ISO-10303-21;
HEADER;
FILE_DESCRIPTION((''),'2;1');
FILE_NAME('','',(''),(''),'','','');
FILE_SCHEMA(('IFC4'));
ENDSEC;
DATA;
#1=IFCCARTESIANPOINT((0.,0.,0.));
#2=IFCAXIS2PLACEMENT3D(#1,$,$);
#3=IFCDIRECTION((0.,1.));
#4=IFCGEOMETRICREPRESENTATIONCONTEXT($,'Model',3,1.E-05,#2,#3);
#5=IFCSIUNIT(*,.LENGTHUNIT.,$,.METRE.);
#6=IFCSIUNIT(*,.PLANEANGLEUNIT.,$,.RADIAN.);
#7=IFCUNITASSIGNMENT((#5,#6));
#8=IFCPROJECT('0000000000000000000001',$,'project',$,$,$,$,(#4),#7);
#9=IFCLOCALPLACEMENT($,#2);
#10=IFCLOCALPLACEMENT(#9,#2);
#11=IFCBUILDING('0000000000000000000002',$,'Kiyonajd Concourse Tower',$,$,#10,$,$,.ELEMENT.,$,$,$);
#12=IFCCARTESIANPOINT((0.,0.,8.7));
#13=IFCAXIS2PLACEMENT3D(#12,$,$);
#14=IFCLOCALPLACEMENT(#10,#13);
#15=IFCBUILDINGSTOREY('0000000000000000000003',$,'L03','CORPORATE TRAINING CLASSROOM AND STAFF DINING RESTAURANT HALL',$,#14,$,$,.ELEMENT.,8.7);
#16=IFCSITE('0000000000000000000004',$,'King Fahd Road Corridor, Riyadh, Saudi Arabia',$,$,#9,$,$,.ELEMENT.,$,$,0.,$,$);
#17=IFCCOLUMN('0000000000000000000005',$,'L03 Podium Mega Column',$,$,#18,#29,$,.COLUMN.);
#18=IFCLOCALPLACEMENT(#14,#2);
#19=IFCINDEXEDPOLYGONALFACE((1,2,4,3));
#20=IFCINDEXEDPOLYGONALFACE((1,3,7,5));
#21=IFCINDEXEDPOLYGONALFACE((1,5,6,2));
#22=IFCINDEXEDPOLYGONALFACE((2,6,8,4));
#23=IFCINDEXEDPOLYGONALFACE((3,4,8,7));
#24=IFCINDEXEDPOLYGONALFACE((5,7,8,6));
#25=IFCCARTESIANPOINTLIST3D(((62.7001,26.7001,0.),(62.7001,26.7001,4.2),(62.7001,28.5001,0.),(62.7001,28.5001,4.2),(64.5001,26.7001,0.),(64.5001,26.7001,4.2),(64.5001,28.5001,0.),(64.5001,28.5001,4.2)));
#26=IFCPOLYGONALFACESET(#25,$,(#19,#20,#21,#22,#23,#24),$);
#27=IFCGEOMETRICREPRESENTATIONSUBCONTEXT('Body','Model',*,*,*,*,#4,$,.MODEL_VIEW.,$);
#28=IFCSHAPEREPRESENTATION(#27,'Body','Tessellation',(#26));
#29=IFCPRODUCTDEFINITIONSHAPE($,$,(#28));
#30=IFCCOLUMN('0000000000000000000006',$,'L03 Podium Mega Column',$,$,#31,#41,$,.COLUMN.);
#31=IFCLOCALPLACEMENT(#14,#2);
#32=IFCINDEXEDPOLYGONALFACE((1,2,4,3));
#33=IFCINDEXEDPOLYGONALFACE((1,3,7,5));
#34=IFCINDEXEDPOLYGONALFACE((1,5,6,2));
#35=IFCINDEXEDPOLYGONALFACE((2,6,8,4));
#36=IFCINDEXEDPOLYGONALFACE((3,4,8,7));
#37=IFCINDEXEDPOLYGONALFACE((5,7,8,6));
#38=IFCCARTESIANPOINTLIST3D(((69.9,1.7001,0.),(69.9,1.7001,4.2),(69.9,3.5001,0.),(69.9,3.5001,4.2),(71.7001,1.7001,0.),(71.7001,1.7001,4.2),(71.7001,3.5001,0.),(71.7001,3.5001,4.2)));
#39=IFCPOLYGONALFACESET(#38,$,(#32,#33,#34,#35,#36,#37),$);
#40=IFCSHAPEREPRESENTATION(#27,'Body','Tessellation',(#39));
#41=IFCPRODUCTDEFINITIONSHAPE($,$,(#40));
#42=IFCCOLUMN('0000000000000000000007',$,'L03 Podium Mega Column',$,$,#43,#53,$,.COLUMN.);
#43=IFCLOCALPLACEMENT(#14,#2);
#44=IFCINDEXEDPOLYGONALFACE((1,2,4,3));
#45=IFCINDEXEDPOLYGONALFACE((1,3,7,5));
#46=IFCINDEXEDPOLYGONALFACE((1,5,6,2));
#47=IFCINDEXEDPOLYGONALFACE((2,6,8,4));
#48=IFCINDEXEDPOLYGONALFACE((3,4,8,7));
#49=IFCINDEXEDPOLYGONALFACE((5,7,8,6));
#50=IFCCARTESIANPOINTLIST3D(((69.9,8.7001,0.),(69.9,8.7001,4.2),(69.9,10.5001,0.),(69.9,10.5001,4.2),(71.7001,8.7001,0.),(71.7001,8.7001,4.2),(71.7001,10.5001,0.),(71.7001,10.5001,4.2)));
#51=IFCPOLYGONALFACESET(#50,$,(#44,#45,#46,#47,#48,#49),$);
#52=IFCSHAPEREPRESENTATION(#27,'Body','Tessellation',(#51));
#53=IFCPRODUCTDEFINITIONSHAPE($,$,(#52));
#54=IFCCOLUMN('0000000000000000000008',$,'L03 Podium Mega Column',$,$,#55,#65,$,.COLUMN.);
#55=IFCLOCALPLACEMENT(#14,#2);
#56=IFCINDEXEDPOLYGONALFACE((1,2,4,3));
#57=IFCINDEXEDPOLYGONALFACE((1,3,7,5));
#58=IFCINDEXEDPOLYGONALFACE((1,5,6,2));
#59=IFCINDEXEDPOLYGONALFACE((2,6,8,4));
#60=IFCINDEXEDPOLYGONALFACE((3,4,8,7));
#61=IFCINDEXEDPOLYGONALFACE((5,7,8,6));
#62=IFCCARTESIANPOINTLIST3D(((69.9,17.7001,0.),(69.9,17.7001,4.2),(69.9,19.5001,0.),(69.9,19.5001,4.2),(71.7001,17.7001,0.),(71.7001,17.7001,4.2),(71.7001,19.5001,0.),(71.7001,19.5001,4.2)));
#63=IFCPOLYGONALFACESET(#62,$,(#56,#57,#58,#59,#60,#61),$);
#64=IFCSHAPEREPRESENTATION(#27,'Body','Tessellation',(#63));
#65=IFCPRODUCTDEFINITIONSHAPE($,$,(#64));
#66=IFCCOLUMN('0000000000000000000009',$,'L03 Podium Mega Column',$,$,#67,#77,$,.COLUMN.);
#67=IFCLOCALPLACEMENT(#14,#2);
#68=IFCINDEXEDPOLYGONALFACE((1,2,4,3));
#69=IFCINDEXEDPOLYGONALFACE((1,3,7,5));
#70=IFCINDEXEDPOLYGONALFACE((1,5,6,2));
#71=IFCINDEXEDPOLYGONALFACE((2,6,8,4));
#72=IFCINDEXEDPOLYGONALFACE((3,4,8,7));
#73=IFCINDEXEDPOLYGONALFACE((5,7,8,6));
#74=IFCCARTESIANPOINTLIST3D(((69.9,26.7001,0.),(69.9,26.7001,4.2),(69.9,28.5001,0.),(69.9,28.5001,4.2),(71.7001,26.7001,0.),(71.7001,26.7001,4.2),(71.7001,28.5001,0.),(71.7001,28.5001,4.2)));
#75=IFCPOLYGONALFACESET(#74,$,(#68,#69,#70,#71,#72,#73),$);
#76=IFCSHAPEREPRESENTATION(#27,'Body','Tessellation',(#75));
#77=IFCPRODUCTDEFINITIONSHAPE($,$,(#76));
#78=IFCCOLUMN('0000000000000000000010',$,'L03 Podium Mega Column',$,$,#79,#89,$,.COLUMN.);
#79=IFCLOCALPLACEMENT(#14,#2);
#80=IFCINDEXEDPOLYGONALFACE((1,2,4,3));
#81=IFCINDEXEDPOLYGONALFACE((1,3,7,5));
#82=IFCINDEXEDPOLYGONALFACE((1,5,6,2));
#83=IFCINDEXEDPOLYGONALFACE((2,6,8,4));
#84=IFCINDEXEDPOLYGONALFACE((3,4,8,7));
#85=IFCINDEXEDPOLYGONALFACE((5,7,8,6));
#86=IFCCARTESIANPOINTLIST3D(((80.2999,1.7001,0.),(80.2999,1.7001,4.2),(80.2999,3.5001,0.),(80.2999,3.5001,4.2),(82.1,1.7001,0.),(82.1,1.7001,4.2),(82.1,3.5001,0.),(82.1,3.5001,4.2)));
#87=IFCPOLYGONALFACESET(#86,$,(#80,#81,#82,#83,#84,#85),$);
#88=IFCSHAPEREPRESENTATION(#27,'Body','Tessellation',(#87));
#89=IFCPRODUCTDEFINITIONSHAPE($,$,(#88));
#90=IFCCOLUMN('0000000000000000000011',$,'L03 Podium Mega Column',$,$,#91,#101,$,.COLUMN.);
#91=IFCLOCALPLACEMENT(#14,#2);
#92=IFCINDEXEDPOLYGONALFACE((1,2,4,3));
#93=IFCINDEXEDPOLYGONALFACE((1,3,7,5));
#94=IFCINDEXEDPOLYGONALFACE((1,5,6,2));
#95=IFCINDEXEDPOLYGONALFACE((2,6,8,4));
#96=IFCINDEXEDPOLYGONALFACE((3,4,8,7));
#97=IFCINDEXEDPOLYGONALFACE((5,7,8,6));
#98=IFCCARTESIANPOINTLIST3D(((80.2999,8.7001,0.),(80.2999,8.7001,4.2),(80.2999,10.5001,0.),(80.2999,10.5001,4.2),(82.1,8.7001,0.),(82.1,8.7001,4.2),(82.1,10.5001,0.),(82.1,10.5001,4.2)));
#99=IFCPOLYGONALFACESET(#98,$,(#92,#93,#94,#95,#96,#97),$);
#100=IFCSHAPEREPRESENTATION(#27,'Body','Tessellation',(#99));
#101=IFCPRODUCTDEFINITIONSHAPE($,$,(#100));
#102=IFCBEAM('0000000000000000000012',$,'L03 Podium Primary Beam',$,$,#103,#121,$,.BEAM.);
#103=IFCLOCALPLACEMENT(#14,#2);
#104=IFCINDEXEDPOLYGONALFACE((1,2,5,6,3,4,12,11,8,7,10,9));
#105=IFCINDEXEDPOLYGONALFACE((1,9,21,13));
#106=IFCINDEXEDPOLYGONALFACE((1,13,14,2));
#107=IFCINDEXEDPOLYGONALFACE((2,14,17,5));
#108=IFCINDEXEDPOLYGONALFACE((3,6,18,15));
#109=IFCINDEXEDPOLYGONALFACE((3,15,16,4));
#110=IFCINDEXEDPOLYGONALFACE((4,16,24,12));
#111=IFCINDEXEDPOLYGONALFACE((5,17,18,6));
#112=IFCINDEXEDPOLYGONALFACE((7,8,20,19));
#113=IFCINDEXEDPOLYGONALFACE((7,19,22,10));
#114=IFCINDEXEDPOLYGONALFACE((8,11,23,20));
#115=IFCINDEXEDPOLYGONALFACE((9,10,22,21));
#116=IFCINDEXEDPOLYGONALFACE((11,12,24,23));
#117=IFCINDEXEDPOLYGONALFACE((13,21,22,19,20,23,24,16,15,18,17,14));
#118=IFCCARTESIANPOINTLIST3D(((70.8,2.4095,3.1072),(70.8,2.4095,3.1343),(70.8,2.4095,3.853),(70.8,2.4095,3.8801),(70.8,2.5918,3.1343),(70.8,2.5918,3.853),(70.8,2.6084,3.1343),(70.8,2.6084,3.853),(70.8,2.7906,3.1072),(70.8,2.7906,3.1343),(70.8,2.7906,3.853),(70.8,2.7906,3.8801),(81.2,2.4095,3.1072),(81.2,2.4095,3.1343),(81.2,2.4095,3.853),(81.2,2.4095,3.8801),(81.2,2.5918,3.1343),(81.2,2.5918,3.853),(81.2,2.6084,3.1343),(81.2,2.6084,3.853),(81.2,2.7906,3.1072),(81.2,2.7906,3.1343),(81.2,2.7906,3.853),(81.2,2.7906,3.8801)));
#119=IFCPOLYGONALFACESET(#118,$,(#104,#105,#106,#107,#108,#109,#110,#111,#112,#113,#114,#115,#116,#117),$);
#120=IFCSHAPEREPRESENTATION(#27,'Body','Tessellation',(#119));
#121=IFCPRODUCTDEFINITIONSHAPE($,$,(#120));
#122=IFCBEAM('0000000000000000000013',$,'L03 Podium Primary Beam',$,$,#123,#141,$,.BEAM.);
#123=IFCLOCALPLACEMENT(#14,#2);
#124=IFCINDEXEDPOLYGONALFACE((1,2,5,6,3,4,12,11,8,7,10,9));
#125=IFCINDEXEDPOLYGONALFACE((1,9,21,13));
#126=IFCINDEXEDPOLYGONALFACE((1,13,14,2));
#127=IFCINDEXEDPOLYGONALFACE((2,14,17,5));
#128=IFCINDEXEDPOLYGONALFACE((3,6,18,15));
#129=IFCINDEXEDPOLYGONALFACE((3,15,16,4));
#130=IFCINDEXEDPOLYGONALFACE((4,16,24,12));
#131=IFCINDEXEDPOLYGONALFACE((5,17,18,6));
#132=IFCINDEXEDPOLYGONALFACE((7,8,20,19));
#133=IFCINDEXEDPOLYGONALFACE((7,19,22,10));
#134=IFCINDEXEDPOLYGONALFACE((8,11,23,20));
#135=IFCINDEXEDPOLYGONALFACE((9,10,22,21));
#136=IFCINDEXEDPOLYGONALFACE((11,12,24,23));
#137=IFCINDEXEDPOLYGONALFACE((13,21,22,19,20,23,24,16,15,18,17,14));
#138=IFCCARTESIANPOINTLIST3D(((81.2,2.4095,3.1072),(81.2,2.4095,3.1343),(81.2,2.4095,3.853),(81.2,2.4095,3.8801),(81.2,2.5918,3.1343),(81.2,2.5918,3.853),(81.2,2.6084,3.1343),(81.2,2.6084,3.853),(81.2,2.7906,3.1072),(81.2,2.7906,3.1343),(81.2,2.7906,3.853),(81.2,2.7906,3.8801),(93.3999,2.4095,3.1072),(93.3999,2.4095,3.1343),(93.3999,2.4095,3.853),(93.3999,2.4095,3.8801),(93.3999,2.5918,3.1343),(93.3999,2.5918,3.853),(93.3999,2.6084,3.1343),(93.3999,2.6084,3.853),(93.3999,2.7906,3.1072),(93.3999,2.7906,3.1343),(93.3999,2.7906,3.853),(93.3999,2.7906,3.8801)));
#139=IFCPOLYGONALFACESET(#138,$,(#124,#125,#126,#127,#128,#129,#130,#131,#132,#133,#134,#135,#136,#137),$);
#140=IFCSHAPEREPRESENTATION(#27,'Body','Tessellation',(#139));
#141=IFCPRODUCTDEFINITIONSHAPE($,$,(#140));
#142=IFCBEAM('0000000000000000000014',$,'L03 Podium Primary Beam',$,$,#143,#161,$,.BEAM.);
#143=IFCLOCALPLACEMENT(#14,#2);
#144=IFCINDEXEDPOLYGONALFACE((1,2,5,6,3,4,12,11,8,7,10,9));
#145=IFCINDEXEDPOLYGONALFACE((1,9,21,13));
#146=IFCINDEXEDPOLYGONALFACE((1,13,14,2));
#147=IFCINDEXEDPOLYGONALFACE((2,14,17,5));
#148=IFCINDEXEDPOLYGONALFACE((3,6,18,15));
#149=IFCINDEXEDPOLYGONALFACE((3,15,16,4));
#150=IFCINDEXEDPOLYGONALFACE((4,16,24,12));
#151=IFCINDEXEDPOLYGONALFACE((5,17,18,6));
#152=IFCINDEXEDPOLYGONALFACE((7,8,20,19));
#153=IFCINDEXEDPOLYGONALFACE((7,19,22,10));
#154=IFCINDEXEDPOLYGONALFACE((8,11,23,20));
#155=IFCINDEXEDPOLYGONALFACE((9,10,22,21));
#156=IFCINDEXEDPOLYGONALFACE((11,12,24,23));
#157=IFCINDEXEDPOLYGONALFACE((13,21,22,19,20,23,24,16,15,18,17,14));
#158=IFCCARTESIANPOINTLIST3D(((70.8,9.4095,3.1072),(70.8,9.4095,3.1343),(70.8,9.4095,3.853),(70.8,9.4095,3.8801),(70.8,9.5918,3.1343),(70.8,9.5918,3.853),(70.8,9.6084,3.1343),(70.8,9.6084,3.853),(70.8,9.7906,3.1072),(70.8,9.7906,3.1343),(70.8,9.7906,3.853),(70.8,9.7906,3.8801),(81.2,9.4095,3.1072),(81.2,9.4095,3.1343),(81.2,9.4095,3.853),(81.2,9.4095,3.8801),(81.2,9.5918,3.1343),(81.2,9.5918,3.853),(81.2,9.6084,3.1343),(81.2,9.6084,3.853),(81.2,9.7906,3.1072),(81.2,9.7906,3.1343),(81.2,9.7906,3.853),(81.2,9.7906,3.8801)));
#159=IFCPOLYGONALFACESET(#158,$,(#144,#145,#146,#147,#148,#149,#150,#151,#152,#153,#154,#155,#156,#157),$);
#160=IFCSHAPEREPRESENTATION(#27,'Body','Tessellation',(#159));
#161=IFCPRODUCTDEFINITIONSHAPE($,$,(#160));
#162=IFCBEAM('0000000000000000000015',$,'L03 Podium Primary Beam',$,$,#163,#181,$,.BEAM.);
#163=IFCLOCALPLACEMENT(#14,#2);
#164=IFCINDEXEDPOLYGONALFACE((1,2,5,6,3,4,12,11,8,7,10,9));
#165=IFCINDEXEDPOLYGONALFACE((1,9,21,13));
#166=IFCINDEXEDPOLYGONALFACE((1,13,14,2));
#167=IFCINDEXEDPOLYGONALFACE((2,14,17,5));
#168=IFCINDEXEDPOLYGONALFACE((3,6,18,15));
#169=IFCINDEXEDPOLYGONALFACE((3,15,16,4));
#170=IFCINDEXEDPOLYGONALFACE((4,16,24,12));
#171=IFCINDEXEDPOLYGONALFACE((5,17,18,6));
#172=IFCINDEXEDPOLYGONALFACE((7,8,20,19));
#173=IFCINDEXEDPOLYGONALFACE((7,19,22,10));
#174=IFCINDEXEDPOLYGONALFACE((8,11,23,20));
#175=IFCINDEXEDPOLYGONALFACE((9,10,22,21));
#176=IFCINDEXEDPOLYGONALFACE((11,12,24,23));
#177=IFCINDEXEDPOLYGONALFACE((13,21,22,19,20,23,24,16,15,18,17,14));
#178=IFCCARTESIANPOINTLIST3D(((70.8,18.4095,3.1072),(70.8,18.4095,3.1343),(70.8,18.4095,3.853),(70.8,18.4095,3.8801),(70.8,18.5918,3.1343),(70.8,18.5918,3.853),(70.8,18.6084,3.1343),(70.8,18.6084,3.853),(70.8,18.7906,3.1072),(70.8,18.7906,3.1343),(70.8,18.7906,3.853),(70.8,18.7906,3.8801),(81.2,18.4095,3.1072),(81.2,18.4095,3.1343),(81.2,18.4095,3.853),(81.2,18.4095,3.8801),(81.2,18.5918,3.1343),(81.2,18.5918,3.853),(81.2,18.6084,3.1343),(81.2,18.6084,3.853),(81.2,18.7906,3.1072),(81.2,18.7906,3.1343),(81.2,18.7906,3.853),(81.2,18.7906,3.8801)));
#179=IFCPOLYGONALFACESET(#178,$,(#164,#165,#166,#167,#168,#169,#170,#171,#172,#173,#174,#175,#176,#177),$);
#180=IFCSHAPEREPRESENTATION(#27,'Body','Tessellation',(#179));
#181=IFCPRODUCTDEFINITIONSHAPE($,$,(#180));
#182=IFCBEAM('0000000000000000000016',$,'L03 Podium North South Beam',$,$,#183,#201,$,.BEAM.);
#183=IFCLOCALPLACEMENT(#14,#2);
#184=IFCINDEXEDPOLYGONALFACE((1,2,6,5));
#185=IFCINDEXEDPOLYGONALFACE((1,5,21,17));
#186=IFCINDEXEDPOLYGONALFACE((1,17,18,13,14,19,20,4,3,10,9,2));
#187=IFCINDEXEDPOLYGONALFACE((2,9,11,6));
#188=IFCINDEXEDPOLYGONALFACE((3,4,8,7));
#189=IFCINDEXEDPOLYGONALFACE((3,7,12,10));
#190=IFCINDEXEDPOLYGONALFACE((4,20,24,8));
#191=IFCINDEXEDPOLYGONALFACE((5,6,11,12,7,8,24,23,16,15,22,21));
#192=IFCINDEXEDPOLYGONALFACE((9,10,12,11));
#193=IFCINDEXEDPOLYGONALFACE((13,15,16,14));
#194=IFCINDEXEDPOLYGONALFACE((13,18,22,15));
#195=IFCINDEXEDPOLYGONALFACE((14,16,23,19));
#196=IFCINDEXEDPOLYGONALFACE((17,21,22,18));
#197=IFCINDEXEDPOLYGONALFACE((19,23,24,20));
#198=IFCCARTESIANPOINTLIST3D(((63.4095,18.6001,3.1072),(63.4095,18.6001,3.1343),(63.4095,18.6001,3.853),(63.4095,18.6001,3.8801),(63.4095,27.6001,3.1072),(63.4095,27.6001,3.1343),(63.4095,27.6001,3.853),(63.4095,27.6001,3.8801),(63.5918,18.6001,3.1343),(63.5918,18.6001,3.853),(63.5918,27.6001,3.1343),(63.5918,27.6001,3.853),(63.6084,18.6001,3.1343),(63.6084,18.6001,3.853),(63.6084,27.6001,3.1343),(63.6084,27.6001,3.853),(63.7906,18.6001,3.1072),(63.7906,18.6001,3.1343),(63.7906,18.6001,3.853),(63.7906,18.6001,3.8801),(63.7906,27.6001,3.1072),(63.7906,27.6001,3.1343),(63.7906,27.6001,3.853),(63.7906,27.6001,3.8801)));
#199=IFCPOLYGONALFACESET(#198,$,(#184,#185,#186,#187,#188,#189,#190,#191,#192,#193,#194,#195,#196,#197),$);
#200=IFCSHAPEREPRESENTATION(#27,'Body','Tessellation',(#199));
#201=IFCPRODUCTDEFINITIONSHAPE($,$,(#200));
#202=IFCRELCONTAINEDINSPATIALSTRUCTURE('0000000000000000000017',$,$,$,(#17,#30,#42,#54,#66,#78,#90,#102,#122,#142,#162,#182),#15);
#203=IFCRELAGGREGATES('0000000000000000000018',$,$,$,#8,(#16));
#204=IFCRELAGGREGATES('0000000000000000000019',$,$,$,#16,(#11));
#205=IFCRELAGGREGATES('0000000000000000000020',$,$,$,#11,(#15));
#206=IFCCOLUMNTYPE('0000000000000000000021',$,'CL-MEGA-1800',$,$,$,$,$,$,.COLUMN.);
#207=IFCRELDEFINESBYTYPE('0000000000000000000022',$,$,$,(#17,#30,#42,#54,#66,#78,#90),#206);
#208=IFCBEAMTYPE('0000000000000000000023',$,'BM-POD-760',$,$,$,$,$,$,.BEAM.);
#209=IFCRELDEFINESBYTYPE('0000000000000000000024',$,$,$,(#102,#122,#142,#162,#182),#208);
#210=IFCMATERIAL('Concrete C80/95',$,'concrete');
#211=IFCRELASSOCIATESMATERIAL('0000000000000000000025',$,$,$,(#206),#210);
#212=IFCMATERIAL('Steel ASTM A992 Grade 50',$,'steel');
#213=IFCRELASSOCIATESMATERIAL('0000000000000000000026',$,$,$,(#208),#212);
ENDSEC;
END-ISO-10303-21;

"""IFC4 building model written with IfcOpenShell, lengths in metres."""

from ifc_helpers import new_model, si_unit, direction, frame, origin, origin_2d, place, context, subcontext, project, spatial, rectangle, i_section, extrude, material, material_profile, profile_set, type_object, element, save


model = new_model("IFC4")

# Units and contexts
model_context = context("Model", 3, precision=1e-05, world=origin(), true_north=direction((0.0, 1.0)))
body_context = subcontext(model_context, "Body", "Model", "MODEL_VIEW")
ifc_project = project(units=[si_unit("LENGTHUNIT", "METRE"), si_unit("PLANEANGLEUNIT", "RADIAN")], contexts=[model_context])

# Site, building, storey
site_placement = place(None, origin())
site = spatial("IfcSite", under=ifc_project, at=site_placement, Name="King Fahd Road Corridor, Riyadh, Saudi Arabia", CompositionType="ELEMENT", RefElevation=0.0)
building_placement = place(site_placement, origin())
building = spatial("IfcBuilding", under=site, at=building_placement, Name="Kiyonajd Concourse Tower", CompositionType="ELEMENT")
storey_placement = place(building_placement, frame((0.0, 0.0, 8.7)))
storey = spatial("IfcBuildingStorey", under=building, at=storey_placement, Name="L03", Description="CORPORATE TRAINING CLASSROOM AND STAFF DINING RESTAURANT HALL", CompositionType="ELEMENT", Elevation=8.7)

# Columns
ifc_material_1 = material(Name="Concrete C80/95", Category="concrete")
ifc_material_profile_1 = material_profile(ifc_material_1, rectangle(XDim=1.8, YDim=1.8, at=origin_2d()), Name="RC-1800x1800")
ifc_profile_set_1 = profile_set([ifc_material_profile_1], Name="Concrete C80/95")
column_type = type_object("IfcColumnType", Name="CL-MEGA-1800", PredefinedType="COLUMN", material=ifc_profile_set_1)
for number, where, z_axis, x_axis, name in (
    (1, (63.6001, 27.6001, 0.0), (0.0, 0.0, 1.0), (1.0, 0.0, 0.0), "L03 Podium Mega Column"),
    (2, (70.8, 2.6001, 0.0), (0.0, 0.0, 1.0), (1.0, 0.0, 0.0), "L03 Podium Mega Column"),
    (3, (70.8, 9.6001, 0.0), (0.0, 0.0, 1.0), (1.0, 0.0, 0.0), "L03 Podium Mega Column"),
    (4, (70.8, 18.6001, 0.0), (0.0, 0.0, 1.0), (1.0, 0.0, 0.0), "L03 Podium Mega Column"),
    (5, (70.8, 27.6001, 0.0), (0.0, 0.0, 1.0), (1.0, 0.0, 0.0), "L03 Podium Mega Column"),
    (6, (81.2, 2.6001, 0.0), (0.0, 0.0, 1.0), (1.0, 0.0, 0.0), "L03 Podium Mega Column"),
    (7, (81.2, 9.6001, 0.0), (0.0, 0.0, 1.0), (1.0, 0.0, 0.0), "L03 Podium Mega Column"),
):
    element("IfcColumn", number, at=place(storey_placement, frame(where, z_axis=z_axis, x_axis=x_axis)), inside=storey, type_object=column_type, Name=name, PredefinedType="COLUMN", context=body_context, shape_type="SweptSolid", body=[
        extrude(rectangle(XDim=1.8, YDim=1.8, at=origin_2d()), origin(), (0.0, 0.0, 1.0), 4.2),
    ])

# Beams
ifc_material_2 = material(Name="Steel ASTM A992 Grade 50", Category="steel")
ifc_material_profile_2 = material_profile(ifc_material_2, i_section(OverallWidth=0.3811, OverallDepth=0.7729, WebThickness=0.0166, FlangeThickness=0.0271, at=origin_2d()), Name="W760X257")
ifc_profile_set_2 = profile_set([ifc_material_profile_2], Name="Steel ASTM A992 Grade 50")
beam_type_1 = type_object("IfcBeamType", Name="BM-POD-760", PredefinedType="BEAM", material=ifc_profile_set_2)
beam_1_placement = place(storey_placement, frame((70.8, 2.6001, 3.4937), z_axis=(1.0, 0.0, 0.0), x_axis=(0.0, 1.0, 0.0)))
element("IfcBeam", 8, at=beam_1_placement, inside=storey, type_object=beam_type_1, Name="L03 Podium Primary Beam", PredefinedType="BEAM", context=body_context, shape_type="SweptSolid", body=[
    extrude(i_section(OverallWidth=0.3811, OverallDepth=0.7729, WebThickness=0.0166, FlangeThickness=0.0271, at=origin_2d()), origin(), (0.0, 0.0, 1.0), 10.3999),
])
beam_2_placement = place(storey_placement, frame((81.2, 2.6001, 3.4937), z_axis=(1.0, 0.0, 0.0), x_axis=(0.0, 1.0, 0.0)))
element("IfcBeam", 9, at=beam_2_placement, inside=storey, type_object=beam_type_1, Name="L03 Podium Primary Beam", PredefinedType="BEAM", context=body_context, shape_type="SweptSolid", body=[
    extrude(i_section(OverallWidth=0.3811, OverallDepth=0.7729, WebThickness=0.0166, FlangeThickness=0.0271, at=origin_2d()), origin(), (0.0, 0.0, 1.0), 12.2),
])
for number, where, z_axis, x_axis, name in (
    (10, (70.8, 9.6001, 3.4937), (1.0, 0.0, 0.0), (0.0, 1.0, 0.0), "L03 Podium Primary Beam"),
    (11, (70.8, 18.6001, 3.4937), (1.0, 0.0, 0.0), (0.0, 1.0, 0.0), "L03 Podium Primary Beam"),
):
    element("IfcBeam", number, at=place(storey_placement, frame(where, z_axis=z_axis, x_axis=x_axis)), inside=storey, type_object=beam_type_1, Name=name, PredefinedType="BEAM", context=body_context, shape_type="SweptSolid", body=[
        extrude(i_section(OverallWidth=0.3811, OverallDepth=0.7729, WebThickness=0.0166, FlangeThickness=0.0271, at=origin_2d()), origin(), (0.0, 0.0, 1.0), 10.3999),
    ])
beam_3_placement = place(storey_placement, frame((63.6001, 18.6001, 3.4937), z_axis=(0.0, 1.0, 0.0), x_axis=(-1.0, 0.0, 0.0)))
element("IfcBeam", 12, at=beam_3_placement, inside=storey, type_object=beam_type_1, Name="L03 Podium North South Beam", PredefinedType="BEAM", context=body_context, shape_type="SweptSolid", body=[
    extrude(i_section(OverallWidth=0.3811, OverallDepth=0.7729, WebThickness=0.0166, FlangeThickness=0.0271, at=origin_2d()), origin(), (0.0, 0.0, 1.0), 9.0),
])

save(model, "model.ifc")
